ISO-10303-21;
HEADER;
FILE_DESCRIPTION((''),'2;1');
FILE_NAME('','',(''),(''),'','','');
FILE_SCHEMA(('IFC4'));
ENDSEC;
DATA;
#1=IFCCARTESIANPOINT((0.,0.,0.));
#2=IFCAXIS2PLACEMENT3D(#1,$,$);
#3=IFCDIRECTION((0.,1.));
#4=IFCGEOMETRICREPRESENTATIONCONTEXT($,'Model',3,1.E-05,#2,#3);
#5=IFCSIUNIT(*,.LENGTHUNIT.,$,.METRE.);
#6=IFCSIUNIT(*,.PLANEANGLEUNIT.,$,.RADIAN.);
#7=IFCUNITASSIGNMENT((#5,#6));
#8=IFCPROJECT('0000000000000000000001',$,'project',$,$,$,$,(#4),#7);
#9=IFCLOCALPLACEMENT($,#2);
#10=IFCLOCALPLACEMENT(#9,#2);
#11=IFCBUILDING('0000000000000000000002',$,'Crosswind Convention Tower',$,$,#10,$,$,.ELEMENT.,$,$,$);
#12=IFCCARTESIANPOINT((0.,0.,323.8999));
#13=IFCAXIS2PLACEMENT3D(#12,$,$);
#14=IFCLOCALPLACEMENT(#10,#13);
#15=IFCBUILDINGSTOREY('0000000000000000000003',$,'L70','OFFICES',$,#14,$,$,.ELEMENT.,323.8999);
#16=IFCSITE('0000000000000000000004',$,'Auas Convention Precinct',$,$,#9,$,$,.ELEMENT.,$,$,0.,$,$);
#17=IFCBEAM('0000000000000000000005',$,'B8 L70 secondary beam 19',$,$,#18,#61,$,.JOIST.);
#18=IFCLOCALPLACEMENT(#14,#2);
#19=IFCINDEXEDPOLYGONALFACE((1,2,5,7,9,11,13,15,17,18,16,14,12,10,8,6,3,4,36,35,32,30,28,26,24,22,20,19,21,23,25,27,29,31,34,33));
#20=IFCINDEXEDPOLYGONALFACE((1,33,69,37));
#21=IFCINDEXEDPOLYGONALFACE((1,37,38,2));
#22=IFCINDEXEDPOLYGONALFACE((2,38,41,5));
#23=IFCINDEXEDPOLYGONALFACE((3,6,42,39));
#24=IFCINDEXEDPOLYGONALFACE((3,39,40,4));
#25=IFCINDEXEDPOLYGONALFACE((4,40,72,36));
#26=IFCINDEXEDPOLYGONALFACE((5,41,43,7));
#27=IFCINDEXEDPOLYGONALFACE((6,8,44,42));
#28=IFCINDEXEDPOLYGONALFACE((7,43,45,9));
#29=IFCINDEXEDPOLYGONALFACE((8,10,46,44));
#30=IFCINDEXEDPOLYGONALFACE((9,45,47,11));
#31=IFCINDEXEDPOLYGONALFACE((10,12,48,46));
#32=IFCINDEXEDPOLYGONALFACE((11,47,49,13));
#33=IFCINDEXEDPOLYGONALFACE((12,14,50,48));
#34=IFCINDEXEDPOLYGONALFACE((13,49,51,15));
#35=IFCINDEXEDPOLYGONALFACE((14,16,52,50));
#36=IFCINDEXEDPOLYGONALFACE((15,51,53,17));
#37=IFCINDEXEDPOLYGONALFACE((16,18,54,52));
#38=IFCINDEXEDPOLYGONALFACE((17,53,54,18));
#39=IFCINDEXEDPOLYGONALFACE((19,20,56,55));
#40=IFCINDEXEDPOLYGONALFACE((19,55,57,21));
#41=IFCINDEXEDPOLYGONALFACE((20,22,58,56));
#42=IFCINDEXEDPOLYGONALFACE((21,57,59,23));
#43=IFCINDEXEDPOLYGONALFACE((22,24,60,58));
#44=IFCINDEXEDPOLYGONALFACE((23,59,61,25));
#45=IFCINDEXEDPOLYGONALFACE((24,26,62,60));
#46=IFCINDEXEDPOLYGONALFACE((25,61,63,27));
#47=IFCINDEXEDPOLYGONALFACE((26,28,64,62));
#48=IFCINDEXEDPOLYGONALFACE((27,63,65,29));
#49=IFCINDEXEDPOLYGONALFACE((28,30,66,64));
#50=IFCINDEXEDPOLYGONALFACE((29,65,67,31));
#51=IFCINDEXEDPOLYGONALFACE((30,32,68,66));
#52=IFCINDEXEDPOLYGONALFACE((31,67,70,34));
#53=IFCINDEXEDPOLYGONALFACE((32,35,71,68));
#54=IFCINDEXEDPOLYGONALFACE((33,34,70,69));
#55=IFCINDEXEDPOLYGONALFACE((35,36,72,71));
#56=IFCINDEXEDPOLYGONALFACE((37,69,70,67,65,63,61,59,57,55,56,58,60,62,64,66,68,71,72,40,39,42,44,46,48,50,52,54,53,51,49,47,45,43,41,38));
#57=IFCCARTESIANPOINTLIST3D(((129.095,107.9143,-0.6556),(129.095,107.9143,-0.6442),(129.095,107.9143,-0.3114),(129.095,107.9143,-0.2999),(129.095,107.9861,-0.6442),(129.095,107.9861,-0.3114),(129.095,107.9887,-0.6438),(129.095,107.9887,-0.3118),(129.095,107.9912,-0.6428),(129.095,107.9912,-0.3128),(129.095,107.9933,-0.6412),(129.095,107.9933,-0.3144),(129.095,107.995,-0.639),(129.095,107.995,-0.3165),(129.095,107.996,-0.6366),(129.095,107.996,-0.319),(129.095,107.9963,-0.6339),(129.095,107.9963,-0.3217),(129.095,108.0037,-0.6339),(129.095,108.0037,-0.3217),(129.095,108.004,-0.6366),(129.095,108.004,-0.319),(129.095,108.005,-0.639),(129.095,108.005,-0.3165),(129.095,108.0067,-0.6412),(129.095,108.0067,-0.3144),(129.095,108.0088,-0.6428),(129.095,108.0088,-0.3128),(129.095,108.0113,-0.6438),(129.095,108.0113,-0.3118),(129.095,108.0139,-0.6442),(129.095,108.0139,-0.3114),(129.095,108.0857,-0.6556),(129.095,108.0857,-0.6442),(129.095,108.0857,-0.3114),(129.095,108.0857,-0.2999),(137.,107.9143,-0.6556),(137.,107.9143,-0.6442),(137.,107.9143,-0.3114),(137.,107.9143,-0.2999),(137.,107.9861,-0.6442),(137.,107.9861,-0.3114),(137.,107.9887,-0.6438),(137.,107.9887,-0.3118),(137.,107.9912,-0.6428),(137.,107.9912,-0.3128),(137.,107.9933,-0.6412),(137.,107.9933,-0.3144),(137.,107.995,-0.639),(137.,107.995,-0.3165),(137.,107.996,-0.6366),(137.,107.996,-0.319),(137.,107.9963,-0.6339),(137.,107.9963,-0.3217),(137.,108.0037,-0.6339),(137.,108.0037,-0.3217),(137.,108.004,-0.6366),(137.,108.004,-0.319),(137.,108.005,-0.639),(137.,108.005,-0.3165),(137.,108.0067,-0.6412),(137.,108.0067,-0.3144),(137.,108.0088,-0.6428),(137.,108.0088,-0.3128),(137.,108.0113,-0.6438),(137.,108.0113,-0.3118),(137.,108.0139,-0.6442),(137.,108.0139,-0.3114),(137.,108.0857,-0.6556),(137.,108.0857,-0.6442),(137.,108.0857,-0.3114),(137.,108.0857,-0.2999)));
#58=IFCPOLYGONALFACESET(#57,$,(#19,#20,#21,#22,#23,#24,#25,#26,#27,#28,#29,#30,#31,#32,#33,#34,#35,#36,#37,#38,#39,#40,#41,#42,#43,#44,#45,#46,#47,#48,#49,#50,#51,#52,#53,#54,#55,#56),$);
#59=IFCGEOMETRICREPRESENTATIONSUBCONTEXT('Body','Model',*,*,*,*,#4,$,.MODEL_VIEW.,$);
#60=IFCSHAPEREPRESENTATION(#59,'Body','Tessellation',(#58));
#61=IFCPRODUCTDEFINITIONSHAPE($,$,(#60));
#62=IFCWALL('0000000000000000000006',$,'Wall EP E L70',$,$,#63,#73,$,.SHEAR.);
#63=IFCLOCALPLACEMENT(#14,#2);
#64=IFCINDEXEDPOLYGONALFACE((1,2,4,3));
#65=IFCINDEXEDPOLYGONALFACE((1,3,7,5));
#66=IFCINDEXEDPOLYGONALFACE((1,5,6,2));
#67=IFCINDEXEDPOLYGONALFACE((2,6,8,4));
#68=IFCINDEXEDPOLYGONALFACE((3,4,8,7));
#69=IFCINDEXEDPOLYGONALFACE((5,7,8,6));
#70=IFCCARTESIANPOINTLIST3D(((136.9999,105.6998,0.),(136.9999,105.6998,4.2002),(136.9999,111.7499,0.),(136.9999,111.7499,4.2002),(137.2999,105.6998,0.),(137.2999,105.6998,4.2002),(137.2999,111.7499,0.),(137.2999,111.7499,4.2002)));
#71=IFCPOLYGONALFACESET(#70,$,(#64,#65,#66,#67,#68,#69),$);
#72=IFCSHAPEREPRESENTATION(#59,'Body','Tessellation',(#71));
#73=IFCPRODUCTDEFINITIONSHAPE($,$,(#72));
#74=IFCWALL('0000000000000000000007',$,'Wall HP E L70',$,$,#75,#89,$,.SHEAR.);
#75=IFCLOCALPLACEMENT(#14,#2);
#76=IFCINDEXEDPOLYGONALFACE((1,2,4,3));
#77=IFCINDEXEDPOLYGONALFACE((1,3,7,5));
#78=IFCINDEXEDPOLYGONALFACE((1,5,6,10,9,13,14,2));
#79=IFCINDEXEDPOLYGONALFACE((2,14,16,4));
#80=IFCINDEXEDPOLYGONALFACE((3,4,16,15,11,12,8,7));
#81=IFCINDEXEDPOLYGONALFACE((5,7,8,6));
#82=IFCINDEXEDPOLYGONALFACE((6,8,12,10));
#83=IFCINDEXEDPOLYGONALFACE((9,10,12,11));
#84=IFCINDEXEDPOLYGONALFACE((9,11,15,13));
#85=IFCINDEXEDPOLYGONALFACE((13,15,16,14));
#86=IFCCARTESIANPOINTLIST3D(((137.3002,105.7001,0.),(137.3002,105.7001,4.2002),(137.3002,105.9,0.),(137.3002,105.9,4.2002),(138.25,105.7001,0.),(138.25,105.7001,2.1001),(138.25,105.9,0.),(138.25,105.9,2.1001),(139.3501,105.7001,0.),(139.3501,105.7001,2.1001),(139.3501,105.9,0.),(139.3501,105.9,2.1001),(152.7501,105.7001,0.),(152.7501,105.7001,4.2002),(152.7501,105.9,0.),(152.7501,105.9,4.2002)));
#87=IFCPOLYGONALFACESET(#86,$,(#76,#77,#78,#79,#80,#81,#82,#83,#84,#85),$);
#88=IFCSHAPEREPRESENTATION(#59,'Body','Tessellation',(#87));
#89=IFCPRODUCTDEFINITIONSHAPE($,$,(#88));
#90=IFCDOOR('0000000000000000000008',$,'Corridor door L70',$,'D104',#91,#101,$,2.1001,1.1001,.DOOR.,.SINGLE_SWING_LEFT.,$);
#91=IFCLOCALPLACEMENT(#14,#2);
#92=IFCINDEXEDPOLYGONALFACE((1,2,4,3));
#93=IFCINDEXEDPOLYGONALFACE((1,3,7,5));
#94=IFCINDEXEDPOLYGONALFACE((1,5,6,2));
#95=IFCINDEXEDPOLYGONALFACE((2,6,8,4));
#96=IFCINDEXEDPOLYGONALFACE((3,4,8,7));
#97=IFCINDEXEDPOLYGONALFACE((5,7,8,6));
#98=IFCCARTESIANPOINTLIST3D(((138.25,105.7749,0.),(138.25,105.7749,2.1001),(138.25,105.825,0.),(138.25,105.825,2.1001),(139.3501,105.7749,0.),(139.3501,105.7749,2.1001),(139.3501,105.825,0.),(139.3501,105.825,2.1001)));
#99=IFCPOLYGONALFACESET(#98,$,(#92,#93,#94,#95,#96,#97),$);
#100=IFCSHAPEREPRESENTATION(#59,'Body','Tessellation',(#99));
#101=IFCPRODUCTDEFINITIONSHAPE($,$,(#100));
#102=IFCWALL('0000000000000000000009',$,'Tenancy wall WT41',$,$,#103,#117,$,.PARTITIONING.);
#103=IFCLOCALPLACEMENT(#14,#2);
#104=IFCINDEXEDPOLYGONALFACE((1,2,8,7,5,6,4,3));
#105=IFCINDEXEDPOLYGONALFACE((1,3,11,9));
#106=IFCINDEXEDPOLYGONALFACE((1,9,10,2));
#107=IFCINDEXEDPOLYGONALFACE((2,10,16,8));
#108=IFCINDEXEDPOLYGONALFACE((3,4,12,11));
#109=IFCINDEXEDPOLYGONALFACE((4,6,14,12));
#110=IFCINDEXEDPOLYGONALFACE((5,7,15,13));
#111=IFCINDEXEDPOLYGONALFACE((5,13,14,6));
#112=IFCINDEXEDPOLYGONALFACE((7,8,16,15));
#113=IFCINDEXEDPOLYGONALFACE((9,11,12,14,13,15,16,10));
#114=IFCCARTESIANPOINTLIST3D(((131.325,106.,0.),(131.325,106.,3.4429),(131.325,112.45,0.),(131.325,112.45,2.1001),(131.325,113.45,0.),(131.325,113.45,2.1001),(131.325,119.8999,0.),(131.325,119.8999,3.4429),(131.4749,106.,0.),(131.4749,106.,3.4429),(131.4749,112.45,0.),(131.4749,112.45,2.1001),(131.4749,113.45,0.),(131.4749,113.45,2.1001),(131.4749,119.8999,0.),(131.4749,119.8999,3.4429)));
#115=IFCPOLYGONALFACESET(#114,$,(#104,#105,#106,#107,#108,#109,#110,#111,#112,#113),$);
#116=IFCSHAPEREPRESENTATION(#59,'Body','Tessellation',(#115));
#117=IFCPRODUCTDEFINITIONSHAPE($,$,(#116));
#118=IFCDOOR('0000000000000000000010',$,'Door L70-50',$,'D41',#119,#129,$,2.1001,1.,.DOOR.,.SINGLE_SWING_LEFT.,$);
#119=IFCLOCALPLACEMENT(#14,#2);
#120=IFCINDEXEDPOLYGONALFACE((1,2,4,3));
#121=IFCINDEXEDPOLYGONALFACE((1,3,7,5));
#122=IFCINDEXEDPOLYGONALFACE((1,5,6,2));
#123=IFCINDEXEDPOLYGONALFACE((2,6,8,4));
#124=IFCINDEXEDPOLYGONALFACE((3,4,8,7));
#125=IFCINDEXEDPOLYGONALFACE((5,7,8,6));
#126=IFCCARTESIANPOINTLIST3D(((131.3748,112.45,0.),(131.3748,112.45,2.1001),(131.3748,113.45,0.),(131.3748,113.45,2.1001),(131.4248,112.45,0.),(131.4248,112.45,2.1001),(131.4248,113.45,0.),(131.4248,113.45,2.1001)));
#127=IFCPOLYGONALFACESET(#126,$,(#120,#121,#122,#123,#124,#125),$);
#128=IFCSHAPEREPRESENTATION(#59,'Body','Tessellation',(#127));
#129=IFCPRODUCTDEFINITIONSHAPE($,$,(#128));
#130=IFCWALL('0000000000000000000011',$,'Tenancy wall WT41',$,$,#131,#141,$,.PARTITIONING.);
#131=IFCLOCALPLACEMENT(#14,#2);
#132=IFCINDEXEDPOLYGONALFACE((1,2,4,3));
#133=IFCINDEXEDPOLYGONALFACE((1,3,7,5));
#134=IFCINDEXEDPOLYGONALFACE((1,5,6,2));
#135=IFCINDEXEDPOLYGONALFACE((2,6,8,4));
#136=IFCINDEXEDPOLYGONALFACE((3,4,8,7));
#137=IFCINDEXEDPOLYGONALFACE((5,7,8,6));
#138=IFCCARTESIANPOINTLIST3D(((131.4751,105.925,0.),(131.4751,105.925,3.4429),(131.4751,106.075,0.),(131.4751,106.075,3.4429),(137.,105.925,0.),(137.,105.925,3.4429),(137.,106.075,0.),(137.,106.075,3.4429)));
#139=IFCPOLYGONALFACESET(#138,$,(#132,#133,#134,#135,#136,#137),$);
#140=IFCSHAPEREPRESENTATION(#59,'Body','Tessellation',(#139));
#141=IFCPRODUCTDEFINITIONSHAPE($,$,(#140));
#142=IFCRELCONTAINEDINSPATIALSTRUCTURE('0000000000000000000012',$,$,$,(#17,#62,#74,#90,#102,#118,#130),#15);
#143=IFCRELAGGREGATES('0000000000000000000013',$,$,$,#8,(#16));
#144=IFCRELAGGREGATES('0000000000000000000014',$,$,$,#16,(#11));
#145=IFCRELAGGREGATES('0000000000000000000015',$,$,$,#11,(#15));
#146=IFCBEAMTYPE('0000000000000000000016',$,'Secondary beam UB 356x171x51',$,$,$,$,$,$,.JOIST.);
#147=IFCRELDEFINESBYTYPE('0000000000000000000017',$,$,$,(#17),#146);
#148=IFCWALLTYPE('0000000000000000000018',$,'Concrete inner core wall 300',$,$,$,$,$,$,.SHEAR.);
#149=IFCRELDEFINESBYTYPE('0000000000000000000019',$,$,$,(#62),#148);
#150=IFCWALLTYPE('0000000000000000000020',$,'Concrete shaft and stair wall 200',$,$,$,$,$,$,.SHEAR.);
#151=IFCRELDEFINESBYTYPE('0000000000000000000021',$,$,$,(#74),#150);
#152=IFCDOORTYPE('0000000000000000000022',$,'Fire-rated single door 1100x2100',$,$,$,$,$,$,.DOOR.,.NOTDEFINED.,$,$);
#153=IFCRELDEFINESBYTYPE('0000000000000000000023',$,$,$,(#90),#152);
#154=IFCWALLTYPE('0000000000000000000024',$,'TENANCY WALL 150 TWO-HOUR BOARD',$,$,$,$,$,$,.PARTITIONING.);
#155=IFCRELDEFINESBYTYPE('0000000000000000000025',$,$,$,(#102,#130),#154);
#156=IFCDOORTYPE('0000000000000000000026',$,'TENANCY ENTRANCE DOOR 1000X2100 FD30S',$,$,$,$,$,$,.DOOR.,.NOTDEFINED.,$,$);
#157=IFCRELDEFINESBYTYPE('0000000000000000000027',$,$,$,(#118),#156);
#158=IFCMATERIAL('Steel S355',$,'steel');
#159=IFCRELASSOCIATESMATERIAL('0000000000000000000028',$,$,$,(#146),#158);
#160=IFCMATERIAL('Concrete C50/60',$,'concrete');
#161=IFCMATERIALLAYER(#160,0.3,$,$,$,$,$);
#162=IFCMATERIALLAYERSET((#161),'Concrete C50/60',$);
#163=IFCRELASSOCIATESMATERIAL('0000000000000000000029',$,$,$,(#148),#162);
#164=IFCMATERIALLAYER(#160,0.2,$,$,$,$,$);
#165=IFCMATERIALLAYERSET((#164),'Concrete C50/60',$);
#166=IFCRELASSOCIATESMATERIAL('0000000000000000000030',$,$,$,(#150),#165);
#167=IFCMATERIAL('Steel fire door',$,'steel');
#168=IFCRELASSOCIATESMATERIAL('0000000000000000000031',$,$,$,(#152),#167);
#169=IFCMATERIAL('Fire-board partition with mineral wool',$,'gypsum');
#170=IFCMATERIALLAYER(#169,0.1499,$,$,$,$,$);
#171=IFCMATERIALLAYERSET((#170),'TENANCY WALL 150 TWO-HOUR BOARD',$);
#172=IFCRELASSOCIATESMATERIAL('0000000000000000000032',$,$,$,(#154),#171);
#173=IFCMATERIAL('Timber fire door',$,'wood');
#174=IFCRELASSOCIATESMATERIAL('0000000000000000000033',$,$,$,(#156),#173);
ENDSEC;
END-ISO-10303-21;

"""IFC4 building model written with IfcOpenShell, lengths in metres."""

from ifc_helpers import new_model, si_unit, direction, frame, frame_2d, origin, origin_2d, place, context, subcontext, project, spatial, rectangle, i_section, extrude, material, layer, layer_set, material_profile, profile_set, type_object, element, fill, save


model = new_model("IFC4")

# Units and contexts
model_context = context("Model", 3, precision=1e-05, world=origin(), true_north=direction((0.0, 1.0)))
body_context = subcontext(model_context, "Body", "Model", "MODEL_VIEW")
ifc_project = project(units=[si_unit("LENGTHUNIT", "METRE"), si_unit("PLANEANGLEUNIT", "RADIAN")], contexts=[model_context])

# Site, building, storey
site_placement = place(None, origin())
site = spatial("IfcSite", under=ifc_project, at=site_placement, Name="Auas Convention Precinct", CompositionType="ELEMENT", RefElevation=0.0)
building_placement = place(site_placement, origin())
building = spatial("IfcBuilding", under=site, at=building_placement, Name="Crosswind Convention Tower", CompositionType="ELEMENT")
storey_placement = place(building_placement, frame((0.0, 0.0, 323.8999)))
storey = spatial("IfcBuildingStorey", under=building, at=storey_placement, Name="L70", Description="OFFICES", CompositionType="ELEMENT", Elevation=323.8999)

# Beam
ifc_material_1 = material(Name="Steel S355", Category="steel")
ifc_material_profile_1 = material_profile(ifc_material_1, i_section(OverallWidth=0.1714, OverallDepth=0.3557, WebThickness=0.0073, FlangeThickness=0.0115, FilletRadius=0.0103, at=origin_2d()), Name="UB 356x171x51")
ifc_profile_set_1 = profile_set([ifc_material_profile_1], Name="Steel S355")
beam_type_1 = type_object("IfcBeamType", Name="Secondary beam UB 356x171x51", PredefinedType="JOIST", material=ifc_profile_set_1)
for number, where, z_axis, x_axis, name in (
    (1, (129.095, 108.0, -0.4778), (1.0, 0.0, 0.0), (0.0, 1.0, 0.0), "B8 L70 secondary beam 19"),
):
    element("IfcBeam", number, at=place(storey_placement, frame(where, z_axis=z_axis, x_axis=x_axis)), inside=storey, type_object=beam_type_1, Name=name, PredefinedType="JOIST", context=body_context, shape_type="SweptSolid", body=[
        extrude(i_section(OverallWidth=0.1714, OverallDepth=0.3557, WebThickness=0.0073, FlangeThickness=0.0115, FilletRadius=0.0103, at=origin_2d()), origin(), (0.0, 0.0, 1.0), 7.905),
    ])

# Wall
ifc_material_2 = material(Name="Concrete C50/60", Category="concrete")
ifc_layer_1 = layer(ifc_material_2, 0.3)
ifc_layer_set_1 = layer_set([ifc_layer_1], Name="Concrete C50/60")
wall_type_1 = type_object("IfcWallType", Name="Concrete inner core wall 300", PredefinedType="SHEAR", material=ifc_layer_set_1)
wall_1_placement = place(storey_placement, frame((137.1499, 105.7, 0.0), z_axis=(0.0, 0.0, 1.0), x_axis=(0.0, 1.0, 0.0)))
element("IfcWall", 2, at=wall_1_placement, inside=storey, type_object=wall_type_1, Name="Wall EP E L70", PredefinedType="SHEAR", context=body_context, shape_type="SweptSolid", body=[
    extrude(rectangle(XDim=6.05, YDim=0.3, at=frame_2d((3.0249, 0.0))), origin(), (0.0, 0.0, 1.0), 4.2002),
])

# Walls, openings, doors
ifc_layer_2 = layer(ifc_material_2, 0.2)
ifc_layer_set_2 = layer_set([ifc_layer_2], Name="Concrete C50/60")
wall_type_2 = type_object("IfcWallType", Name="Concrete shaft and stair wall 200", PredefinedType="SHEAR", material=ifc_layer_set_2)
wall_2_placement = place(storey_placement, frame((137.3, 105.8, 0.0), z_axis=(0.0, 0.0, 1.0), x_axis=(1.0, 0.0, 0.0)))
wall_2 = element("IfcWall", 3, at=wall_2_placement, inside=storey, type_object=wall_type_2, Name="Wall HP E L70", PredefinedType="SHEAR", context=body_context, shape_type="SweptSolid", body=[
    extrude(rectangle(XDim=15.45, YDim=0.2, at=frame_2d((7.7251, 0.0))), origin(), (0.0, 0.0, 1.0), 4.2002),
])
opening_1_placement = place(wall_2_placement, frame((0.95, 0.0, 0.0)))
opening_1 = element("IfcOpeningElement", 4, at=opening_1_placement, cuts=wall_2, PredefinedType="OPENING", context=body_context, shape_type="SweptSolid", body=[
    extrude(rectangle(XDim=1.1001, YDim=2.1001, at=frame_2d((0.55, 1.05))), frame((0.0, 0.1099, 0.0), z_axis=(0.0, -1.0, 0.0), x_axis=(1.0, 0.0, 0.0)), (0.0, 0.0, 1.0), 0.22),
])
ifc_material_3 = material(Name="Steel fire door", Category="steel")
door_type_1 = type_object("IfcDoorType", Name="Fire-rated single door 1100x2100", OperationType="NOTDEFINED", PredefinedType="DOOR", material=ifc_material_3)
door_1_placement = place(opening_1_placement, origin())
door_1 = element("IfcDoor", 5, at=door_1_placement, inside=storey, type_object=door_type_1, Name="Corridor door L70", ObjectType="D104", OperationType="SINGLE_SWING_LEFT", OverallHeight=2.1001, OverallWidth=1.1001, PredefinedType="DOOR", context=body_context, shape_type="SweptSolid", body=[
    extrude(rectangle(XDim=1.1001, YDim=2.1001, at=frame_2d((0.55, 1.05))), frame((0.0, 0.0249, 0.0), z_axis=(0.0, -1.0, 0.0), x_axis=(1.0, 0.0, 0.0)), (0.0, 0.0, 1.0), 0.05),
])
fill(opening_1, door_1)
ifc_material_4 = material(Name="Fire-board partition with mineral wool", Category="gypsum")
ifc_layer_3 = layer(ifc_material_4, 0.1499)
ifc_layer_set_3 = layer_set([ifc_layer_3], Name="TENANCY WALL 150 TWO-HOUR BOARD")
wall_type_3 = type_object("IfcWallType", Name="TENANCY WALL 150 TWO-HOUR BOARD", PredefinedType="PARTITIONING", material=ifc_layer_set_3)
wall_3_placement = place(storey_placement, frame((131.3999, 106.0, 0.0), z_axis=(0.0, 0.0, 1.0), x_axis=(0.0, 1.0, 0.0)))
wall_3 = element("IfcWall", 6, at=wall_3_placement, inside=storey, type_object=wall_type_3, Name="Tenancy wall WT41", PredefinedType="PARTITIONING", context=body_context, shape_type="SweptSolid", body=[
    extrude(rectangle(XDim=13.8999, YDim=0.1499, at=frame_2d((6.95, 0.0))), origin(), (0.0, 0.0, 1.0), 3.4429),
])
opening_2_placement = place(wall_3_placement, frame((6.45, 0.0, 0.0)))
opening_2 = element("IfcOpeningElement", 7, at=opening_2_placement, cuts=wall_3, PredefinedType="OPENING", context=body_context, shape_type="SweptSolid", body=[
    extrude(rectangle(XDim=1.0, YDim=2.1001, at=frame_2d((0.5, 1.05))), frame((0.0, 0.085, 0.0), z_axis=(0.0, -1.0, 0.0), x_axis=(1.0, 0.0, 0.0)), (0.0, 0.0, 1.0), 0.1699),
])
ifc_material_5 = material(Name="Timber fire door", Category="wood")
door_type_2 = type_object("IfcDoorType", Name="TENANCY ENTRANCE DOOR 1000X2100 FD30S", OperationType="NOTDEFINED", PredefinedType="DOOR", material=ifc_material_5)
door_2_placement = place(opening_2_placement, frame((1.0, 0.0, 0.0), z_axis=(0.0, 0.0, 1.0), x_axis=(-1.0, 0.0, 0.0)))
door_2 = element("IfcDoor", 8, at=door_2_placement, inside=storey, type_object=door_type_2, Name="Door L70-50", ObjectType="D41", OperationType="SINGLE_SWING_LEFT", OverallHeight=2.1001, OverallWidth=1.0, PredefinedType="DOOR", context=body_context, shape_type="SweptSolid", body=[
    extrude(rectangle(XDim=1.0, YDim=2.1001, at=frame_2d((0.5, 1.05))), frame((0.0, 0.0249, 0.0), z_axis=(0.0, -1.0, 0.0), x_axis=(1.0, 0.0, 0.0)), (0.0, 0.0, 1.0), 0.05),
])
fill(opening_2, door_2)

# Wall
wall_4_placement = place(storey_placement, frame((131.4751, 106.0, 0.0), z_axis=(0.0, 0.0, 1.0), x_axis=(1.0, 0.0, 0.0)))
element("IfcWall", 9, at=wall_4_placement, inside=storey, type_object=wall_type_3, Name="Tenancy wall WT41", PredefinedType="PARTITIONING", context=body_context, shape_type="SweptSolid", body=[
    extrude(rectangle(XDim=5.5249, YDim=0.1499, at=frame_2d((2.7625, 0.0))), origin(), (0.0, 0.0, 1.0), 3.4429),
])

save(model, "model.ifc")
